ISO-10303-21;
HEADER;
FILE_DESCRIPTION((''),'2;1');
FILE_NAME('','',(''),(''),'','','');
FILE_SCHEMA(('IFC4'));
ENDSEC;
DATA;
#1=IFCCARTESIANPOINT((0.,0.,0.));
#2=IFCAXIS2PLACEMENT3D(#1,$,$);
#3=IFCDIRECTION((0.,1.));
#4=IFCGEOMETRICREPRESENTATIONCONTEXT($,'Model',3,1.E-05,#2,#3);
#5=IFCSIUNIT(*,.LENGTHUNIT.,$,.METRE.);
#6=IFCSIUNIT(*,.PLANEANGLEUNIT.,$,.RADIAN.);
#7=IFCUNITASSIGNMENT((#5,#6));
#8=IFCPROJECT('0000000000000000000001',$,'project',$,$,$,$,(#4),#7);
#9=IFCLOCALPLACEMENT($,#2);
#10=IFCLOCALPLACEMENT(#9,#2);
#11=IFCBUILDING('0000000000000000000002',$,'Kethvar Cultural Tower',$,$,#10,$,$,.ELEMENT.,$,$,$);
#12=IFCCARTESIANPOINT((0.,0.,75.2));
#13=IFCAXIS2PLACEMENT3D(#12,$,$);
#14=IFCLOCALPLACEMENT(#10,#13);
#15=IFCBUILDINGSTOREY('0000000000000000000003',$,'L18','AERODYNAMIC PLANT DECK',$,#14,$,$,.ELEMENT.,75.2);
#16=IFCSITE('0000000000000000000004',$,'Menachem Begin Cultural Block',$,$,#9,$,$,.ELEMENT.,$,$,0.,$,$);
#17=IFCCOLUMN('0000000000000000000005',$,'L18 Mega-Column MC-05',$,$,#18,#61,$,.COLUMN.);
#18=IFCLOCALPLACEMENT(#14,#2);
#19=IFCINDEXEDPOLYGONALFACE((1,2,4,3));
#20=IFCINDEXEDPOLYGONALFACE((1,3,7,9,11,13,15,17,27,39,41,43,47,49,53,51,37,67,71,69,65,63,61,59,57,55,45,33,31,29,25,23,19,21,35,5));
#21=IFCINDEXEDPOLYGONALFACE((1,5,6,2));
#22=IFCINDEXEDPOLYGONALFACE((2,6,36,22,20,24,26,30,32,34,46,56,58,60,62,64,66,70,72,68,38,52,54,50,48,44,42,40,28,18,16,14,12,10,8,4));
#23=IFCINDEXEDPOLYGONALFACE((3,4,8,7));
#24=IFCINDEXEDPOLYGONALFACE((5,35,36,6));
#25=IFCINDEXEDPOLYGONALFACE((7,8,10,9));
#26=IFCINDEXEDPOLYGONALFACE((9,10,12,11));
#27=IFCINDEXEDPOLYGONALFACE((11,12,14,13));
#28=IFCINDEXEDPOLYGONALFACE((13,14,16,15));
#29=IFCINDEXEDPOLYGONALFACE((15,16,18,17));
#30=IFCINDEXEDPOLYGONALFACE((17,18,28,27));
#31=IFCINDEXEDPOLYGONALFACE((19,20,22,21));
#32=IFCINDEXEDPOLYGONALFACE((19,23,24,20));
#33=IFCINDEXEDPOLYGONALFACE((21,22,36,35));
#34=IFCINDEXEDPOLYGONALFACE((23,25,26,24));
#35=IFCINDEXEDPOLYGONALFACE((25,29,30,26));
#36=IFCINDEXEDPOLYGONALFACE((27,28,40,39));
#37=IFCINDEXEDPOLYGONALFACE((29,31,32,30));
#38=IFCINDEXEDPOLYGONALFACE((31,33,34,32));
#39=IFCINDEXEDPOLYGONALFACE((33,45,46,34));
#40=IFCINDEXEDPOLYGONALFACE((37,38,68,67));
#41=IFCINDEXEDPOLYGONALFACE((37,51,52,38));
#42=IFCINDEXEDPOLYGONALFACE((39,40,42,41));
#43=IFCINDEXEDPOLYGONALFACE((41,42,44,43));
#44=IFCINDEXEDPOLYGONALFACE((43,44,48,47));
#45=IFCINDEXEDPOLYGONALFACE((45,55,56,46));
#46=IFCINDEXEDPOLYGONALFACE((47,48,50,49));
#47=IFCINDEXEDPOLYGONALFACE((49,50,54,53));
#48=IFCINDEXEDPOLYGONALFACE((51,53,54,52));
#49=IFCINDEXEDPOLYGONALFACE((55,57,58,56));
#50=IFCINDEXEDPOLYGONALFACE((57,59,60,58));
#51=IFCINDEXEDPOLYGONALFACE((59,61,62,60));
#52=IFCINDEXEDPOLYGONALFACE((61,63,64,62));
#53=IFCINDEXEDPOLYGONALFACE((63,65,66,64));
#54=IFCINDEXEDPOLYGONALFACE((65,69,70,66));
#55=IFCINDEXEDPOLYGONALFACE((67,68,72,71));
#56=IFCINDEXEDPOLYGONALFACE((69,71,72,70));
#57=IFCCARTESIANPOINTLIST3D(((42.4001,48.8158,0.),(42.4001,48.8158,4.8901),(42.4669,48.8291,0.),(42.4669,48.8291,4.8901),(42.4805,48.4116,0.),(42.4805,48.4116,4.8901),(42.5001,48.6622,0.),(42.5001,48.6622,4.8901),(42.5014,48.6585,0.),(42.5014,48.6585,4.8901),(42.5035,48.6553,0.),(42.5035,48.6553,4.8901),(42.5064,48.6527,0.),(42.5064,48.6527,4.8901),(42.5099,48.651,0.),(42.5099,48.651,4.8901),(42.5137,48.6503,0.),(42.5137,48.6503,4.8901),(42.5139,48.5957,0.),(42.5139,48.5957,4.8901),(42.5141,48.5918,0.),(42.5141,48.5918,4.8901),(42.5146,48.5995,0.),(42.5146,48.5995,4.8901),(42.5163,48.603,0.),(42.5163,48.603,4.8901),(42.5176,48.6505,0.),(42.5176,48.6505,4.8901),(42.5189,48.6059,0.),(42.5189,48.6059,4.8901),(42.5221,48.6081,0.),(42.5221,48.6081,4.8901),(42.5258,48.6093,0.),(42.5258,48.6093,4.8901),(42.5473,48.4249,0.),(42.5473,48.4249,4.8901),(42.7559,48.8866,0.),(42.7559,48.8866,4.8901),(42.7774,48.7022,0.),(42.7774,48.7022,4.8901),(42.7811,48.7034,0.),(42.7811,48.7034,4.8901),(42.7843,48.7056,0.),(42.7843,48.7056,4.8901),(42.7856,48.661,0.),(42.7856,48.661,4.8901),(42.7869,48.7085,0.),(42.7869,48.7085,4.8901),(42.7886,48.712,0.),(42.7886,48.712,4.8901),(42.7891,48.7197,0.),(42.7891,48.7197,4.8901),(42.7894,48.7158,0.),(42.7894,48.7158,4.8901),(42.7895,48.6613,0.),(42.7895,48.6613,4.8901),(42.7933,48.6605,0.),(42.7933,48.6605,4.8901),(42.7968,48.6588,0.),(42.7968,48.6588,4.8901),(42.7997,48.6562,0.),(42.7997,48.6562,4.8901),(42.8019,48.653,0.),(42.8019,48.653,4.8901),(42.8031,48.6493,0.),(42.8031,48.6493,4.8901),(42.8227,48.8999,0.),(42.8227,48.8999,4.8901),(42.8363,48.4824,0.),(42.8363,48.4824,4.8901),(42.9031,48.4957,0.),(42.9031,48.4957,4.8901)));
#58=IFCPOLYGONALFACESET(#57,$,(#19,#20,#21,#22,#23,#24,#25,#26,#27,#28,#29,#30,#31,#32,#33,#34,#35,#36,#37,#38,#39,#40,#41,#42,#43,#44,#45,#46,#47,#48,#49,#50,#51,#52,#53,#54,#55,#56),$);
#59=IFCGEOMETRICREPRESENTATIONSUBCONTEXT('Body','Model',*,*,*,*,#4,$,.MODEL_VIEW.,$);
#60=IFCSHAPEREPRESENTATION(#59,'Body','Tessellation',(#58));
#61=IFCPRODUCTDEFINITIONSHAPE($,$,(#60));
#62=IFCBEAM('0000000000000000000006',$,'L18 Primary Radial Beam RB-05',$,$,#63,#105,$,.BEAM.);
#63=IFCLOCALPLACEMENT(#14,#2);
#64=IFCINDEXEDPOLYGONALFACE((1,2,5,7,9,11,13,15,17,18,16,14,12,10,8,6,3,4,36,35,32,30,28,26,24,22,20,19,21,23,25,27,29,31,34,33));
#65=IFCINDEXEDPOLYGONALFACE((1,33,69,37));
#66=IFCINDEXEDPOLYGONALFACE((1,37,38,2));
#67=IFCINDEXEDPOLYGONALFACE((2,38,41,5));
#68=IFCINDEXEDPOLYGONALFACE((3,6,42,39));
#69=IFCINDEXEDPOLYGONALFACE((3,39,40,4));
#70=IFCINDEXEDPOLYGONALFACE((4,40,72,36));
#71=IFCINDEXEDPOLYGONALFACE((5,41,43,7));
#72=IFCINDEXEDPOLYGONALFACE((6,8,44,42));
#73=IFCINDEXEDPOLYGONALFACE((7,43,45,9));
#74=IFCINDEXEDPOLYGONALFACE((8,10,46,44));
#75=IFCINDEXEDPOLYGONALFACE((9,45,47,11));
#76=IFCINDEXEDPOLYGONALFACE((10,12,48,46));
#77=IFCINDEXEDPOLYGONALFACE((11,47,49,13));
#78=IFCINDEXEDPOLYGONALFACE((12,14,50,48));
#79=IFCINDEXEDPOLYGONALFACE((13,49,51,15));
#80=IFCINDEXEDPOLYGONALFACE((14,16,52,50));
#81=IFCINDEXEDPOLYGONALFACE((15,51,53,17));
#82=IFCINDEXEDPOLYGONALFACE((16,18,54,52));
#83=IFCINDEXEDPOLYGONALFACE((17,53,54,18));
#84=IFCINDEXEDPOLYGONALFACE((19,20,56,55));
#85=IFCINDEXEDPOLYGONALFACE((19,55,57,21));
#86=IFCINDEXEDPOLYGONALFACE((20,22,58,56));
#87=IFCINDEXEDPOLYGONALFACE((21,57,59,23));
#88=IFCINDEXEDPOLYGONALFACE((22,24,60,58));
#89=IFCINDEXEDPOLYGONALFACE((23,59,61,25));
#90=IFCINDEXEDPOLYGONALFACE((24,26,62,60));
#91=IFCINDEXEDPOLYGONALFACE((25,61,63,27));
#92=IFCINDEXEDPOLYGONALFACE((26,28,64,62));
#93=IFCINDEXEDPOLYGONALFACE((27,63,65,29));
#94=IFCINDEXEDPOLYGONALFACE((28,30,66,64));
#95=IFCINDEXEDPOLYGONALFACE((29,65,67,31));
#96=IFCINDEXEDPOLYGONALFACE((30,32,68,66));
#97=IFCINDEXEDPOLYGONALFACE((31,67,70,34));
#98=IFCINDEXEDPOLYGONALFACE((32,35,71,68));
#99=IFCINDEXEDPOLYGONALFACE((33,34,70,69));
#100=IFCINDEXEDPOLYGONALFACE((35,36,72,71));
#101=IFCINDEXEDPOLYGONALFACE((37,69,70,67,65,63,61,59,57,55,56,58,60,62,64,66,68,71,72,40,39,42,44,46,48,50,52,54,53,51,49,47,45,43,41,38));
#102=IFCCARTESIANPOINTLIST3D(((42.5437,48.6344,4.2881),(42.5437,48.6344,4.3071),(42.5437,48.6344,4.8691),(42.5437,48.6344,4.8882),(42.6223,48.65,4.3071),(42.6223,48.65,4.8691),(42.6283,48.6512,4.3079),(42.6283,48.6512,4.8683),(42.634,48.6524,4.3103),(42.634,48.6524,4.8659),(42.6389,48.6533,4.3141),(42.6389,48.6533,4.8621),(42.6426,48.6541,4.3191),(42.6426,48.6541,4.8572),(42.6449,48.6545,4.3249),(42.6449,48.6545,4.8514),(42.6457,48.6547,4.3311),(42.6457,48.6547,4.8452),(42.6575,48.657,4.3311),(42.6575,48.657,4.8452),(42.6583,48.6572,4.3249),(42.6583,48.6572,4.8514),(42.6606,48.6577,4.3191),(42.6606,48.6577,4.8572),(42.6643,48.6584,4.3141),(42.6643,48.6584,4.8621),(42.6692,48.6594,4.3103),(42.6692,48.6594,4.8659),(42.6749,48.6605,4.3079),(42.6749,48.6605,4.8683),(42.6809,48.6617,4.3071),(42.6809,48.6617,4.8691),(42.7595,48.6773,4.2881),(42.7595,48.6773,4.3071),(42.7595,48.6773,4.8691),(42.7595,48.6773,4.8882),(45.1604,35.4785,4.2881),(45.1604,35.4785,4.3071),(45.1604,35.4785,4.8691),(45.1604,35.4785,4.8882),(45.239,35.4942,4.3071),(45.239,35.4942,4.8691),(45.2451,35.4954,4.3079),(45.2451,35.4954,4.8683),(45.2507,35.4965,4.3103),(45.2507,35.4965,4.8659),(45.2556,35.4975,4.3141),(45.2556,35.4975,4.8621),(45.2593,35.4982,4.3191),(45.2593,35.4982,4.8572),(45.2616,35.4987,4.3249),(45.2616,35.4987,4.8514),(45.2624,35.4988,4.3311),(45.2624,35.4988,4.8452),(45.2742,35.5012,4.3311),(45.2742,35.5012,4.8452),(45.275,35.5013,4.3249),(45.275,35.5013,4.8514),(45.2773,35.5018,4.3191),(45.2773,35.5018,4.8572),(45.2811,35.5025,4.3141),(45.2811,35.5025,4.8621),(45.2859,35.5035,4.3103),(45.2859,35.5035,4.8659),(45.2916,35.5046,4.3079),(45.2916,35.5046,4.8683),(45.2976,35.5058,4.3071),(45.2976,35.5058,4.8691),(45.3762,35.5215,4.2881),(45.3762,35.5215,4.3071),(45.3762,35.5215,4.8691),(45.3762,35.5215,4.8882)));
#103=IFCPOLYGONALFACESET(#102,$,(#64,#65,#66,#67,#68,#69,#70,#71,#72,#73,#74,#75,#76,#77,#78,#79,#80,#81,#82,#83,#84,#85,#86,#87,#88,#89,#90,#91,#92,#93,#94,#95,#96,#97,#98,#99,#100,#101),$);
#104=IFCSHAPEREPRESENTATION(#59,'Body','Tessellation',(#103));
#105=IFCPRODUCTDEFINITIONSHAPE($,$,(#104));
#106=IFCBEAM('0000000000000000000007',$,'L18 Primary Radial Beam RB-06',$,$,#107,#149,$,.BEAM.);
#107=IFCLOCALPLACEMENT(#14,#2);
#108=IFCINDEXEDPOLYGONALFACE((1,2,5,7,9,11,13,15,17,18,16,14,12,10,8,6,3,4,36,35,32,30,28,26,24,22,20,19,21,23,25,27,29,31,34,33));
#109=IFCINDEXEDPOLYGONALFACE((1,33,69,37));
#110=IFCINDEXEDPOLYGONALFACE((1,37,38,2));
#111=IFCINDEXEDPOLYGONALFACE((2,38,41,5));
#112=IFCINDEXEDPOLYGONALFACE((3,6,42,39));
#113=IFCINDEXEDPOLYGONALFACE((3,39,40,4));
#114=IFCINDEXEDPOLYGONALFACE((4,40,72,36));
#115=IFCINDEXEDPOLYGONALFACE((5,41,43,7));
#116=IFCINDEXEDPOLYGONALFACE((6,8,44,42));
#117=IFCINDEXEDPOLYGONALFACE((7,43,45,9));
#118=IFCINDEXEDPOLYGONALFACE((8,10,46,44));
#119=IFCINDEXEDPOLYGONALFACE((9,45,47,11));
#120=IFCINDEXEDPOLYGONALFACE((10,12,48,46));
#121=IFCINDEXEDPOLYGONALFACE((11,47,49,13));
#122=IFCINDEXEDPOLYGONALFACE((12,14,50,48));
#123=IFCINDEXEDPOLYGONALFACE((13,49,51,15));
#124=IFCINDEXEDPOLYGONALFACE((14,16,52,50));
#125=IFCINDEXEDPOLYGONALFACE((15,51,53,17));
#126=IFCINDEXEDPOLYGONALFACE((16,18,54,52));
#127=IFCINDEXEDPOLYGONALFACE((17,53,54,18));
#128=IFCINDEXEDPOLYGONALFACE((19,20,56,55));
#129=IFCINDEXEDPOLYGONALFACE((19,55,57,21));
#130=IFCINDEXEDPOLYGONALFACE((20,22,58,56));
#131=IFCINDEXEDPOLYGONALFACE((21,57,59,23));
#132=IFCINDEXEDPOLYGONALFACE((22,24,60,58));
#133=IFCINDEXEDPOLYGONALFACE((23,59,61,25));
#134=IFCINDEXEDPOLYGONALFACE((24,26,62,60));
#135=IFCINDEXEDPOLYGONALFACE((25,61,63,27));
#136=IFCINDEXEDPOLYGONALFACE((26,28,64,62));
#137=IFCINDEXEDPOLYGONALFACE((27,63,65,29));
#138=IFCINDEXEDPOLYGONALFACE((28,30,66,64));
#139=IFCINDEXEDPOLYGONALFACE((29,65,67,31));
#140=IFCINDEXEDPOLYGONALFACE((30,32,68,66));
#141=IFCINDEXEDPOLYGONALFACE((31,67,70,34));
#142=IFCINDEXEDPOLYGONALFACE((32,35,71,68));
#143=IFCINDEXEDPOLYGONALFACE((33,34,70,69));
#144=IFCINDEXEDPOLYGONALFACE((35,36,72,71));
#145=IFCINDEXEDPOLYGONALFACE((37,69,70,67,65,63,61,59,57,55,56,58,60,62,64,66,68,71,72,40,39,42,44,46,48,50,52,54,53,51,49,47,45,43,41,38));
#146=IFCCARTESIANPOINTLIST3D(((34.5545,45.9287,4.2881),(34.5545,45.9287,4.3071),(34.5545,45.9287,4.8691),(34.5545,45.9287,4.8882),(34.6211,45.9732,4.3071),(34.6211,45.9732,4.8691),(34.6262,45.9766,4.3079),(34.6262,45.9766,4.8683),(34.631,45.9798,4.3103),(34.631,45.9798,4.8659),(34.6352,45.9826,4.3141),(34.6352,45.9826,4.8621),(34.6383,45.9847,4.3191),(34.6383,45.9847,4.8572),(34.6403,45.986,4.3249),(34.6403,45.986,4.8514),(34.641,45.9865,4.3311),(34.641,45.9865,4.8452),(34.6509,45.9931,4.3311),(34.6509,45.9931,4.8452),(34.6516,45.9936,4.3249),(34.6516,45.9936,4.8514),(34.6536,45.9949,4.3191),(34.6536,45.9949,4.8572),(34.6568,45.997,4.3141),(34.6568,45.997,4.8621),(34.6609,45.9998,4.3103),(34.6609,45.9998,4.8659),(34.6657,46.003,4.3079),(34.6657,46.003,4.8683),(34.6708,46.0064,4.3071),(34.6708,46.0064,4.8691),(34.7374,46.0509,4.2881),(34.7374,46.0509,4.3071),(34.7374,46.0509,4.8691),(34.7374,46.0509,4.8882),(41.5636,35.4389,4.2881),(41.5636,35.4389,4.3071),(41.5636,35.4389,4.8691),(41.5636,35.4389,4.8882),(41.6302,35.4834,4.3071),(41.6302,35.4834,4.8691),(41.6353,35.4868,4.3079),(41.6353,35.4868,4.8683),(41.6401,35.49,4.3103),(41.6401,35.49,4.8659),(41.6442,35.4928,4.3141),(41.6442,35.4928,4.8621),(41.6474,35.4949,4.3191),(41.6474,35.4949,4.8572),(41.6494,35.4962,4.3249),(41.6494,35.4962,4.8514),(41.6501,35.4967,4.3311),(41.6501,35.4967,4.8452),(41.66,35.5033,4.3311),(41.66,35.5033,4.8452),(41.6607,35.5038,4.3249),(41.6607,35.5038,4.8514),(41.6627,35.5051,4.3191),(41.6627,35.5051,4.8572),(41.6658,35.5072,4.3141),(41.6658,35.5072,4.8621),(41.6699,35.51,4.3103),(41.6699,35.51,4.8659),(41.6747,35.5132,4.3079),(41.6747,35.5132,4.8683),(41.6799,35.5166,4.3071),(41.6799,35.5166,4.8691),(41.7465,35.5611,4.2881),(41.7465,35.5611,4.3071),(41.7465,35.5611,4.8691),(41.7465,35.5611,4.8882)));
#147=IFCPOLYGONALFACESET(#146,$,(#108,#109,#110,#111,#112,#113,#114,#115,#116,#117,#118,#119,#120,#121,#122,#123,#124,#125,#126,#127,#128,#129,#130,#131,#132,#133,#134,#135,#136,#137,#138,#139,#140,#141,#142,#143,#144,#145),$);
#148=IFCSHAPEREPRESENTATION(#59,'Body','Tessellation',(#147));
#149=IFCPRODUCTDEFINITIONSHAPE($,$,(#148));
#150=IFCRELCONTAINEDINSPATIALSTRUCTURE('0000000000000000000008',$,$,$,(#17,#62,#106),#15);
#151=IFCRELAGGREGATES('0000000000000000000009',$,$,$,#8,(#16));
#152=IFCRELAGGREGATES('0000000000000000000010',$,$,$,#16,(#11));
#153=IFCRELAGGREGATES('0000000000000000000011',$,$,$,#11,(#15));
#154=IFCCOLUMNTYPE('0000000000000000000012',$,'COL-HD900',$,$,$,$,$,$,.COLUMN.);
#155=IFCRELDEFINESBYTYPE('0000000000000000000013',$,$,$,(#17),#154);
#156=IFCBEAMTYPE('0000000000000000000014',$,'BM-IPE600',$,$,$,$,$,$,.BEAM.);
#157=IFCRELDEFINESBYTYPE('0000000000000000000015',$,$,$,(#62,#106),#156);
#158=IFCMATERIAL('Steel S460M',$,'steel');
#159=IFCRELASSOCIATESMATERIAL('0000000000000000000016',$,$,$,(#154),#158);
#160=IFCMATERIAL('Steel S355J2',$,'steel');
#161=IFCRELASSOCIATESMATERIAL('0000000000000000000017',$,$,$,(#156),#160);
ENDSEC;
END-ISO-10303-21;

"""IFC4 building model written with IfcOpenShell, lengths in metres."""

from ifc_helpers import new_model, si_unit, direction, frame, origin, origin_2d, place, context, subcontext, project, spatial, i_section, extrude, source, transform, mapped, material, material_profile, profile_set, type_object, element, save


model = new_model("IFC4")

# Units and contexts
model_context = context("Model", 3, precision=1e-05, world=origin(), true_north=direction((0.0, 1.0)))
body_context = subcontext(model_context, "Body", "Model", "MODEL_VIEW")
ifc_project = project(units=[si_unit("LENGTHUNIT", "METRE"), si_unit("PLANEANGLEUNIT", "RADIAN")], contexts=[model_context])

# Site, building, storey
site_placement = place(None, origin())
site = spatial("IfcSite", under=ifc_project, at=site_placement, Name="Menachem Begin Cultural Block", CompositionType="ELEMENT", RefElevation=0.0)
building_placement = place(site_placement, origin())
building = spatial("IfcBuilding", under=site, at=building_placement, Name="Kethvar Cultural Tower", CompositionType="ELEMENT")
storey_placement = place(building_placement, frame((0.0, 0.0, 75.2)))
storey = spatial("IfcBuildingStorey", under=building, at=storey_placement, Name="L18", Description="AERODYNAMIC PLANT DECK", CompositionType="ELEMENT", Elevation=75.2)

# Column
ifc_material_1 = material(Name="Steel S460M", Category="steel")
ifc_material_profile_1 = material_profile(ifc_material_1, i_section(OverallWidth=0.4121, OverallDepth=0.4309, WebThickness=0.042, FlangeThickness=0.0681, FilletRadius=0.0149, at=origin_2d()), Name="Steel S460M — HD400x900")
ifc_profile_set_1 = profile_set([ifc_material_profile_1], Name="Steel S460M — HD400x900")
column_type = type_object("IfcColumnType", Name="COL-HD900", PredefinedType="COLUMN", material=ifc_profile_set_1)
shared_shape_1 = source(origin(), body_context, "Body", "SweptSolid", [
    extrude(i_section(OverallWidth=0.4121, OverallDepth=0.4309, WebThickness=0.042, FlangeThickness=0.0681, FilletRadius=0.0149, at=origin_2d()), origin(), (0.0, 0.0, 1.0), 4.8901),
])
column_placement = place(storey_placement, frame((42.6516, 48.6558, 0.0), z_axis=(0.0, 0.0, 1.0), x_axis=(-0.19509, 0.980785, 0.0)))
element("IfcColumn", 1, at=column_placement, inside=storey, type_object=column_type, Name="L18 Mega-Column MC-05", PredefinedType="COLUMN", context=body_context, shape_type="MappedRepresentation", body=[
    mapped(shared_shape_1, transform((0.0, 0.0, 0.0), scale=1.0)),
])

# Beams
ifc_material_2 = material(Name="Steel S355J2", Category="steel")
ifc_material_profile_2 = material_profile(ifc_material_2, i_section(OverallWidth=0.22, OverallDepth=0.6001, WebThickness=0.012, FlangeThickness=0.019, FilletRadius=0.0239, at=origin_2d()), Name="Steel S355J2 — IPE600")
ifc_profile_set_2 = profile_set([ifc_material_profile_2], Name="Steel S355J2 — IPE600")
beam_type_1 = type_object("IfcBeamType", Name="BM-IPE600", PredefinedType="BEAM", material=ifc_profile_set_2)
shared_shape_2 = source(origin(), body_context, "Body", "SweptSolid", [
    extrude(i_section(OverallWidth=0.22, OverallDepth=0.6001, WebThickness=0.012, FlangeThickness=0.019, FilletRadius=0.0239, at=origin_2d()), origin(), (0.0, 0.0, 1.0), 13.4136),
])
beam_1_placement = place(storey_placement, frame((45.2683, 35.5, 4.5881), z_axis=(-0.19508, 0.980787, 0.0), x_axis=(-0.980787, -0.19508, 0.0)))
element("IfcBeam", 2, at=beam_1_placement, inside=storey, type_object=beam_type_1, Name="L18 Primary Radial Beam RB-05", PredefinedType="BEAM", context=body_context, shape_type="MappedRepresentation", body=[
    mapped(shared_shape_2, transform((0.0, 0.0, 0.0), scale=1.0)),
])
shared_shape_3 = source(origin(), body_context, "Body", "SweptSolid", [
    extrude(i_section(OverallWidth=0.22, OverallDepth=0.6001, WebThickness=0.012, FlangeThickness=0.019, FilletRadius=0.0239, at=origin_2d()), origin(), (0.0, 0.0, 1.0), 12.616),
])
beam_2_placement = place(storey_placement, frame((41.655, 35.5, 4.5881), z_axis=(-0.555571, 0.831469, 0.0), x_axis=(-0.831469, -0.555571, 0.0)))
element("IfcBeam", 3, at=beam_2_placement, inside=storey, type_object=beam_type_1, Name="L18 Primary Radial Beam RB-06", PredefinedType="BEAM", context=body_context, shape_type="MappedRepresentation", body=[
    mapped(shared_shape_3, transform((0.0, 0.0, 0.0), scale=1.0)),
])

save(model, "model.ifc")
